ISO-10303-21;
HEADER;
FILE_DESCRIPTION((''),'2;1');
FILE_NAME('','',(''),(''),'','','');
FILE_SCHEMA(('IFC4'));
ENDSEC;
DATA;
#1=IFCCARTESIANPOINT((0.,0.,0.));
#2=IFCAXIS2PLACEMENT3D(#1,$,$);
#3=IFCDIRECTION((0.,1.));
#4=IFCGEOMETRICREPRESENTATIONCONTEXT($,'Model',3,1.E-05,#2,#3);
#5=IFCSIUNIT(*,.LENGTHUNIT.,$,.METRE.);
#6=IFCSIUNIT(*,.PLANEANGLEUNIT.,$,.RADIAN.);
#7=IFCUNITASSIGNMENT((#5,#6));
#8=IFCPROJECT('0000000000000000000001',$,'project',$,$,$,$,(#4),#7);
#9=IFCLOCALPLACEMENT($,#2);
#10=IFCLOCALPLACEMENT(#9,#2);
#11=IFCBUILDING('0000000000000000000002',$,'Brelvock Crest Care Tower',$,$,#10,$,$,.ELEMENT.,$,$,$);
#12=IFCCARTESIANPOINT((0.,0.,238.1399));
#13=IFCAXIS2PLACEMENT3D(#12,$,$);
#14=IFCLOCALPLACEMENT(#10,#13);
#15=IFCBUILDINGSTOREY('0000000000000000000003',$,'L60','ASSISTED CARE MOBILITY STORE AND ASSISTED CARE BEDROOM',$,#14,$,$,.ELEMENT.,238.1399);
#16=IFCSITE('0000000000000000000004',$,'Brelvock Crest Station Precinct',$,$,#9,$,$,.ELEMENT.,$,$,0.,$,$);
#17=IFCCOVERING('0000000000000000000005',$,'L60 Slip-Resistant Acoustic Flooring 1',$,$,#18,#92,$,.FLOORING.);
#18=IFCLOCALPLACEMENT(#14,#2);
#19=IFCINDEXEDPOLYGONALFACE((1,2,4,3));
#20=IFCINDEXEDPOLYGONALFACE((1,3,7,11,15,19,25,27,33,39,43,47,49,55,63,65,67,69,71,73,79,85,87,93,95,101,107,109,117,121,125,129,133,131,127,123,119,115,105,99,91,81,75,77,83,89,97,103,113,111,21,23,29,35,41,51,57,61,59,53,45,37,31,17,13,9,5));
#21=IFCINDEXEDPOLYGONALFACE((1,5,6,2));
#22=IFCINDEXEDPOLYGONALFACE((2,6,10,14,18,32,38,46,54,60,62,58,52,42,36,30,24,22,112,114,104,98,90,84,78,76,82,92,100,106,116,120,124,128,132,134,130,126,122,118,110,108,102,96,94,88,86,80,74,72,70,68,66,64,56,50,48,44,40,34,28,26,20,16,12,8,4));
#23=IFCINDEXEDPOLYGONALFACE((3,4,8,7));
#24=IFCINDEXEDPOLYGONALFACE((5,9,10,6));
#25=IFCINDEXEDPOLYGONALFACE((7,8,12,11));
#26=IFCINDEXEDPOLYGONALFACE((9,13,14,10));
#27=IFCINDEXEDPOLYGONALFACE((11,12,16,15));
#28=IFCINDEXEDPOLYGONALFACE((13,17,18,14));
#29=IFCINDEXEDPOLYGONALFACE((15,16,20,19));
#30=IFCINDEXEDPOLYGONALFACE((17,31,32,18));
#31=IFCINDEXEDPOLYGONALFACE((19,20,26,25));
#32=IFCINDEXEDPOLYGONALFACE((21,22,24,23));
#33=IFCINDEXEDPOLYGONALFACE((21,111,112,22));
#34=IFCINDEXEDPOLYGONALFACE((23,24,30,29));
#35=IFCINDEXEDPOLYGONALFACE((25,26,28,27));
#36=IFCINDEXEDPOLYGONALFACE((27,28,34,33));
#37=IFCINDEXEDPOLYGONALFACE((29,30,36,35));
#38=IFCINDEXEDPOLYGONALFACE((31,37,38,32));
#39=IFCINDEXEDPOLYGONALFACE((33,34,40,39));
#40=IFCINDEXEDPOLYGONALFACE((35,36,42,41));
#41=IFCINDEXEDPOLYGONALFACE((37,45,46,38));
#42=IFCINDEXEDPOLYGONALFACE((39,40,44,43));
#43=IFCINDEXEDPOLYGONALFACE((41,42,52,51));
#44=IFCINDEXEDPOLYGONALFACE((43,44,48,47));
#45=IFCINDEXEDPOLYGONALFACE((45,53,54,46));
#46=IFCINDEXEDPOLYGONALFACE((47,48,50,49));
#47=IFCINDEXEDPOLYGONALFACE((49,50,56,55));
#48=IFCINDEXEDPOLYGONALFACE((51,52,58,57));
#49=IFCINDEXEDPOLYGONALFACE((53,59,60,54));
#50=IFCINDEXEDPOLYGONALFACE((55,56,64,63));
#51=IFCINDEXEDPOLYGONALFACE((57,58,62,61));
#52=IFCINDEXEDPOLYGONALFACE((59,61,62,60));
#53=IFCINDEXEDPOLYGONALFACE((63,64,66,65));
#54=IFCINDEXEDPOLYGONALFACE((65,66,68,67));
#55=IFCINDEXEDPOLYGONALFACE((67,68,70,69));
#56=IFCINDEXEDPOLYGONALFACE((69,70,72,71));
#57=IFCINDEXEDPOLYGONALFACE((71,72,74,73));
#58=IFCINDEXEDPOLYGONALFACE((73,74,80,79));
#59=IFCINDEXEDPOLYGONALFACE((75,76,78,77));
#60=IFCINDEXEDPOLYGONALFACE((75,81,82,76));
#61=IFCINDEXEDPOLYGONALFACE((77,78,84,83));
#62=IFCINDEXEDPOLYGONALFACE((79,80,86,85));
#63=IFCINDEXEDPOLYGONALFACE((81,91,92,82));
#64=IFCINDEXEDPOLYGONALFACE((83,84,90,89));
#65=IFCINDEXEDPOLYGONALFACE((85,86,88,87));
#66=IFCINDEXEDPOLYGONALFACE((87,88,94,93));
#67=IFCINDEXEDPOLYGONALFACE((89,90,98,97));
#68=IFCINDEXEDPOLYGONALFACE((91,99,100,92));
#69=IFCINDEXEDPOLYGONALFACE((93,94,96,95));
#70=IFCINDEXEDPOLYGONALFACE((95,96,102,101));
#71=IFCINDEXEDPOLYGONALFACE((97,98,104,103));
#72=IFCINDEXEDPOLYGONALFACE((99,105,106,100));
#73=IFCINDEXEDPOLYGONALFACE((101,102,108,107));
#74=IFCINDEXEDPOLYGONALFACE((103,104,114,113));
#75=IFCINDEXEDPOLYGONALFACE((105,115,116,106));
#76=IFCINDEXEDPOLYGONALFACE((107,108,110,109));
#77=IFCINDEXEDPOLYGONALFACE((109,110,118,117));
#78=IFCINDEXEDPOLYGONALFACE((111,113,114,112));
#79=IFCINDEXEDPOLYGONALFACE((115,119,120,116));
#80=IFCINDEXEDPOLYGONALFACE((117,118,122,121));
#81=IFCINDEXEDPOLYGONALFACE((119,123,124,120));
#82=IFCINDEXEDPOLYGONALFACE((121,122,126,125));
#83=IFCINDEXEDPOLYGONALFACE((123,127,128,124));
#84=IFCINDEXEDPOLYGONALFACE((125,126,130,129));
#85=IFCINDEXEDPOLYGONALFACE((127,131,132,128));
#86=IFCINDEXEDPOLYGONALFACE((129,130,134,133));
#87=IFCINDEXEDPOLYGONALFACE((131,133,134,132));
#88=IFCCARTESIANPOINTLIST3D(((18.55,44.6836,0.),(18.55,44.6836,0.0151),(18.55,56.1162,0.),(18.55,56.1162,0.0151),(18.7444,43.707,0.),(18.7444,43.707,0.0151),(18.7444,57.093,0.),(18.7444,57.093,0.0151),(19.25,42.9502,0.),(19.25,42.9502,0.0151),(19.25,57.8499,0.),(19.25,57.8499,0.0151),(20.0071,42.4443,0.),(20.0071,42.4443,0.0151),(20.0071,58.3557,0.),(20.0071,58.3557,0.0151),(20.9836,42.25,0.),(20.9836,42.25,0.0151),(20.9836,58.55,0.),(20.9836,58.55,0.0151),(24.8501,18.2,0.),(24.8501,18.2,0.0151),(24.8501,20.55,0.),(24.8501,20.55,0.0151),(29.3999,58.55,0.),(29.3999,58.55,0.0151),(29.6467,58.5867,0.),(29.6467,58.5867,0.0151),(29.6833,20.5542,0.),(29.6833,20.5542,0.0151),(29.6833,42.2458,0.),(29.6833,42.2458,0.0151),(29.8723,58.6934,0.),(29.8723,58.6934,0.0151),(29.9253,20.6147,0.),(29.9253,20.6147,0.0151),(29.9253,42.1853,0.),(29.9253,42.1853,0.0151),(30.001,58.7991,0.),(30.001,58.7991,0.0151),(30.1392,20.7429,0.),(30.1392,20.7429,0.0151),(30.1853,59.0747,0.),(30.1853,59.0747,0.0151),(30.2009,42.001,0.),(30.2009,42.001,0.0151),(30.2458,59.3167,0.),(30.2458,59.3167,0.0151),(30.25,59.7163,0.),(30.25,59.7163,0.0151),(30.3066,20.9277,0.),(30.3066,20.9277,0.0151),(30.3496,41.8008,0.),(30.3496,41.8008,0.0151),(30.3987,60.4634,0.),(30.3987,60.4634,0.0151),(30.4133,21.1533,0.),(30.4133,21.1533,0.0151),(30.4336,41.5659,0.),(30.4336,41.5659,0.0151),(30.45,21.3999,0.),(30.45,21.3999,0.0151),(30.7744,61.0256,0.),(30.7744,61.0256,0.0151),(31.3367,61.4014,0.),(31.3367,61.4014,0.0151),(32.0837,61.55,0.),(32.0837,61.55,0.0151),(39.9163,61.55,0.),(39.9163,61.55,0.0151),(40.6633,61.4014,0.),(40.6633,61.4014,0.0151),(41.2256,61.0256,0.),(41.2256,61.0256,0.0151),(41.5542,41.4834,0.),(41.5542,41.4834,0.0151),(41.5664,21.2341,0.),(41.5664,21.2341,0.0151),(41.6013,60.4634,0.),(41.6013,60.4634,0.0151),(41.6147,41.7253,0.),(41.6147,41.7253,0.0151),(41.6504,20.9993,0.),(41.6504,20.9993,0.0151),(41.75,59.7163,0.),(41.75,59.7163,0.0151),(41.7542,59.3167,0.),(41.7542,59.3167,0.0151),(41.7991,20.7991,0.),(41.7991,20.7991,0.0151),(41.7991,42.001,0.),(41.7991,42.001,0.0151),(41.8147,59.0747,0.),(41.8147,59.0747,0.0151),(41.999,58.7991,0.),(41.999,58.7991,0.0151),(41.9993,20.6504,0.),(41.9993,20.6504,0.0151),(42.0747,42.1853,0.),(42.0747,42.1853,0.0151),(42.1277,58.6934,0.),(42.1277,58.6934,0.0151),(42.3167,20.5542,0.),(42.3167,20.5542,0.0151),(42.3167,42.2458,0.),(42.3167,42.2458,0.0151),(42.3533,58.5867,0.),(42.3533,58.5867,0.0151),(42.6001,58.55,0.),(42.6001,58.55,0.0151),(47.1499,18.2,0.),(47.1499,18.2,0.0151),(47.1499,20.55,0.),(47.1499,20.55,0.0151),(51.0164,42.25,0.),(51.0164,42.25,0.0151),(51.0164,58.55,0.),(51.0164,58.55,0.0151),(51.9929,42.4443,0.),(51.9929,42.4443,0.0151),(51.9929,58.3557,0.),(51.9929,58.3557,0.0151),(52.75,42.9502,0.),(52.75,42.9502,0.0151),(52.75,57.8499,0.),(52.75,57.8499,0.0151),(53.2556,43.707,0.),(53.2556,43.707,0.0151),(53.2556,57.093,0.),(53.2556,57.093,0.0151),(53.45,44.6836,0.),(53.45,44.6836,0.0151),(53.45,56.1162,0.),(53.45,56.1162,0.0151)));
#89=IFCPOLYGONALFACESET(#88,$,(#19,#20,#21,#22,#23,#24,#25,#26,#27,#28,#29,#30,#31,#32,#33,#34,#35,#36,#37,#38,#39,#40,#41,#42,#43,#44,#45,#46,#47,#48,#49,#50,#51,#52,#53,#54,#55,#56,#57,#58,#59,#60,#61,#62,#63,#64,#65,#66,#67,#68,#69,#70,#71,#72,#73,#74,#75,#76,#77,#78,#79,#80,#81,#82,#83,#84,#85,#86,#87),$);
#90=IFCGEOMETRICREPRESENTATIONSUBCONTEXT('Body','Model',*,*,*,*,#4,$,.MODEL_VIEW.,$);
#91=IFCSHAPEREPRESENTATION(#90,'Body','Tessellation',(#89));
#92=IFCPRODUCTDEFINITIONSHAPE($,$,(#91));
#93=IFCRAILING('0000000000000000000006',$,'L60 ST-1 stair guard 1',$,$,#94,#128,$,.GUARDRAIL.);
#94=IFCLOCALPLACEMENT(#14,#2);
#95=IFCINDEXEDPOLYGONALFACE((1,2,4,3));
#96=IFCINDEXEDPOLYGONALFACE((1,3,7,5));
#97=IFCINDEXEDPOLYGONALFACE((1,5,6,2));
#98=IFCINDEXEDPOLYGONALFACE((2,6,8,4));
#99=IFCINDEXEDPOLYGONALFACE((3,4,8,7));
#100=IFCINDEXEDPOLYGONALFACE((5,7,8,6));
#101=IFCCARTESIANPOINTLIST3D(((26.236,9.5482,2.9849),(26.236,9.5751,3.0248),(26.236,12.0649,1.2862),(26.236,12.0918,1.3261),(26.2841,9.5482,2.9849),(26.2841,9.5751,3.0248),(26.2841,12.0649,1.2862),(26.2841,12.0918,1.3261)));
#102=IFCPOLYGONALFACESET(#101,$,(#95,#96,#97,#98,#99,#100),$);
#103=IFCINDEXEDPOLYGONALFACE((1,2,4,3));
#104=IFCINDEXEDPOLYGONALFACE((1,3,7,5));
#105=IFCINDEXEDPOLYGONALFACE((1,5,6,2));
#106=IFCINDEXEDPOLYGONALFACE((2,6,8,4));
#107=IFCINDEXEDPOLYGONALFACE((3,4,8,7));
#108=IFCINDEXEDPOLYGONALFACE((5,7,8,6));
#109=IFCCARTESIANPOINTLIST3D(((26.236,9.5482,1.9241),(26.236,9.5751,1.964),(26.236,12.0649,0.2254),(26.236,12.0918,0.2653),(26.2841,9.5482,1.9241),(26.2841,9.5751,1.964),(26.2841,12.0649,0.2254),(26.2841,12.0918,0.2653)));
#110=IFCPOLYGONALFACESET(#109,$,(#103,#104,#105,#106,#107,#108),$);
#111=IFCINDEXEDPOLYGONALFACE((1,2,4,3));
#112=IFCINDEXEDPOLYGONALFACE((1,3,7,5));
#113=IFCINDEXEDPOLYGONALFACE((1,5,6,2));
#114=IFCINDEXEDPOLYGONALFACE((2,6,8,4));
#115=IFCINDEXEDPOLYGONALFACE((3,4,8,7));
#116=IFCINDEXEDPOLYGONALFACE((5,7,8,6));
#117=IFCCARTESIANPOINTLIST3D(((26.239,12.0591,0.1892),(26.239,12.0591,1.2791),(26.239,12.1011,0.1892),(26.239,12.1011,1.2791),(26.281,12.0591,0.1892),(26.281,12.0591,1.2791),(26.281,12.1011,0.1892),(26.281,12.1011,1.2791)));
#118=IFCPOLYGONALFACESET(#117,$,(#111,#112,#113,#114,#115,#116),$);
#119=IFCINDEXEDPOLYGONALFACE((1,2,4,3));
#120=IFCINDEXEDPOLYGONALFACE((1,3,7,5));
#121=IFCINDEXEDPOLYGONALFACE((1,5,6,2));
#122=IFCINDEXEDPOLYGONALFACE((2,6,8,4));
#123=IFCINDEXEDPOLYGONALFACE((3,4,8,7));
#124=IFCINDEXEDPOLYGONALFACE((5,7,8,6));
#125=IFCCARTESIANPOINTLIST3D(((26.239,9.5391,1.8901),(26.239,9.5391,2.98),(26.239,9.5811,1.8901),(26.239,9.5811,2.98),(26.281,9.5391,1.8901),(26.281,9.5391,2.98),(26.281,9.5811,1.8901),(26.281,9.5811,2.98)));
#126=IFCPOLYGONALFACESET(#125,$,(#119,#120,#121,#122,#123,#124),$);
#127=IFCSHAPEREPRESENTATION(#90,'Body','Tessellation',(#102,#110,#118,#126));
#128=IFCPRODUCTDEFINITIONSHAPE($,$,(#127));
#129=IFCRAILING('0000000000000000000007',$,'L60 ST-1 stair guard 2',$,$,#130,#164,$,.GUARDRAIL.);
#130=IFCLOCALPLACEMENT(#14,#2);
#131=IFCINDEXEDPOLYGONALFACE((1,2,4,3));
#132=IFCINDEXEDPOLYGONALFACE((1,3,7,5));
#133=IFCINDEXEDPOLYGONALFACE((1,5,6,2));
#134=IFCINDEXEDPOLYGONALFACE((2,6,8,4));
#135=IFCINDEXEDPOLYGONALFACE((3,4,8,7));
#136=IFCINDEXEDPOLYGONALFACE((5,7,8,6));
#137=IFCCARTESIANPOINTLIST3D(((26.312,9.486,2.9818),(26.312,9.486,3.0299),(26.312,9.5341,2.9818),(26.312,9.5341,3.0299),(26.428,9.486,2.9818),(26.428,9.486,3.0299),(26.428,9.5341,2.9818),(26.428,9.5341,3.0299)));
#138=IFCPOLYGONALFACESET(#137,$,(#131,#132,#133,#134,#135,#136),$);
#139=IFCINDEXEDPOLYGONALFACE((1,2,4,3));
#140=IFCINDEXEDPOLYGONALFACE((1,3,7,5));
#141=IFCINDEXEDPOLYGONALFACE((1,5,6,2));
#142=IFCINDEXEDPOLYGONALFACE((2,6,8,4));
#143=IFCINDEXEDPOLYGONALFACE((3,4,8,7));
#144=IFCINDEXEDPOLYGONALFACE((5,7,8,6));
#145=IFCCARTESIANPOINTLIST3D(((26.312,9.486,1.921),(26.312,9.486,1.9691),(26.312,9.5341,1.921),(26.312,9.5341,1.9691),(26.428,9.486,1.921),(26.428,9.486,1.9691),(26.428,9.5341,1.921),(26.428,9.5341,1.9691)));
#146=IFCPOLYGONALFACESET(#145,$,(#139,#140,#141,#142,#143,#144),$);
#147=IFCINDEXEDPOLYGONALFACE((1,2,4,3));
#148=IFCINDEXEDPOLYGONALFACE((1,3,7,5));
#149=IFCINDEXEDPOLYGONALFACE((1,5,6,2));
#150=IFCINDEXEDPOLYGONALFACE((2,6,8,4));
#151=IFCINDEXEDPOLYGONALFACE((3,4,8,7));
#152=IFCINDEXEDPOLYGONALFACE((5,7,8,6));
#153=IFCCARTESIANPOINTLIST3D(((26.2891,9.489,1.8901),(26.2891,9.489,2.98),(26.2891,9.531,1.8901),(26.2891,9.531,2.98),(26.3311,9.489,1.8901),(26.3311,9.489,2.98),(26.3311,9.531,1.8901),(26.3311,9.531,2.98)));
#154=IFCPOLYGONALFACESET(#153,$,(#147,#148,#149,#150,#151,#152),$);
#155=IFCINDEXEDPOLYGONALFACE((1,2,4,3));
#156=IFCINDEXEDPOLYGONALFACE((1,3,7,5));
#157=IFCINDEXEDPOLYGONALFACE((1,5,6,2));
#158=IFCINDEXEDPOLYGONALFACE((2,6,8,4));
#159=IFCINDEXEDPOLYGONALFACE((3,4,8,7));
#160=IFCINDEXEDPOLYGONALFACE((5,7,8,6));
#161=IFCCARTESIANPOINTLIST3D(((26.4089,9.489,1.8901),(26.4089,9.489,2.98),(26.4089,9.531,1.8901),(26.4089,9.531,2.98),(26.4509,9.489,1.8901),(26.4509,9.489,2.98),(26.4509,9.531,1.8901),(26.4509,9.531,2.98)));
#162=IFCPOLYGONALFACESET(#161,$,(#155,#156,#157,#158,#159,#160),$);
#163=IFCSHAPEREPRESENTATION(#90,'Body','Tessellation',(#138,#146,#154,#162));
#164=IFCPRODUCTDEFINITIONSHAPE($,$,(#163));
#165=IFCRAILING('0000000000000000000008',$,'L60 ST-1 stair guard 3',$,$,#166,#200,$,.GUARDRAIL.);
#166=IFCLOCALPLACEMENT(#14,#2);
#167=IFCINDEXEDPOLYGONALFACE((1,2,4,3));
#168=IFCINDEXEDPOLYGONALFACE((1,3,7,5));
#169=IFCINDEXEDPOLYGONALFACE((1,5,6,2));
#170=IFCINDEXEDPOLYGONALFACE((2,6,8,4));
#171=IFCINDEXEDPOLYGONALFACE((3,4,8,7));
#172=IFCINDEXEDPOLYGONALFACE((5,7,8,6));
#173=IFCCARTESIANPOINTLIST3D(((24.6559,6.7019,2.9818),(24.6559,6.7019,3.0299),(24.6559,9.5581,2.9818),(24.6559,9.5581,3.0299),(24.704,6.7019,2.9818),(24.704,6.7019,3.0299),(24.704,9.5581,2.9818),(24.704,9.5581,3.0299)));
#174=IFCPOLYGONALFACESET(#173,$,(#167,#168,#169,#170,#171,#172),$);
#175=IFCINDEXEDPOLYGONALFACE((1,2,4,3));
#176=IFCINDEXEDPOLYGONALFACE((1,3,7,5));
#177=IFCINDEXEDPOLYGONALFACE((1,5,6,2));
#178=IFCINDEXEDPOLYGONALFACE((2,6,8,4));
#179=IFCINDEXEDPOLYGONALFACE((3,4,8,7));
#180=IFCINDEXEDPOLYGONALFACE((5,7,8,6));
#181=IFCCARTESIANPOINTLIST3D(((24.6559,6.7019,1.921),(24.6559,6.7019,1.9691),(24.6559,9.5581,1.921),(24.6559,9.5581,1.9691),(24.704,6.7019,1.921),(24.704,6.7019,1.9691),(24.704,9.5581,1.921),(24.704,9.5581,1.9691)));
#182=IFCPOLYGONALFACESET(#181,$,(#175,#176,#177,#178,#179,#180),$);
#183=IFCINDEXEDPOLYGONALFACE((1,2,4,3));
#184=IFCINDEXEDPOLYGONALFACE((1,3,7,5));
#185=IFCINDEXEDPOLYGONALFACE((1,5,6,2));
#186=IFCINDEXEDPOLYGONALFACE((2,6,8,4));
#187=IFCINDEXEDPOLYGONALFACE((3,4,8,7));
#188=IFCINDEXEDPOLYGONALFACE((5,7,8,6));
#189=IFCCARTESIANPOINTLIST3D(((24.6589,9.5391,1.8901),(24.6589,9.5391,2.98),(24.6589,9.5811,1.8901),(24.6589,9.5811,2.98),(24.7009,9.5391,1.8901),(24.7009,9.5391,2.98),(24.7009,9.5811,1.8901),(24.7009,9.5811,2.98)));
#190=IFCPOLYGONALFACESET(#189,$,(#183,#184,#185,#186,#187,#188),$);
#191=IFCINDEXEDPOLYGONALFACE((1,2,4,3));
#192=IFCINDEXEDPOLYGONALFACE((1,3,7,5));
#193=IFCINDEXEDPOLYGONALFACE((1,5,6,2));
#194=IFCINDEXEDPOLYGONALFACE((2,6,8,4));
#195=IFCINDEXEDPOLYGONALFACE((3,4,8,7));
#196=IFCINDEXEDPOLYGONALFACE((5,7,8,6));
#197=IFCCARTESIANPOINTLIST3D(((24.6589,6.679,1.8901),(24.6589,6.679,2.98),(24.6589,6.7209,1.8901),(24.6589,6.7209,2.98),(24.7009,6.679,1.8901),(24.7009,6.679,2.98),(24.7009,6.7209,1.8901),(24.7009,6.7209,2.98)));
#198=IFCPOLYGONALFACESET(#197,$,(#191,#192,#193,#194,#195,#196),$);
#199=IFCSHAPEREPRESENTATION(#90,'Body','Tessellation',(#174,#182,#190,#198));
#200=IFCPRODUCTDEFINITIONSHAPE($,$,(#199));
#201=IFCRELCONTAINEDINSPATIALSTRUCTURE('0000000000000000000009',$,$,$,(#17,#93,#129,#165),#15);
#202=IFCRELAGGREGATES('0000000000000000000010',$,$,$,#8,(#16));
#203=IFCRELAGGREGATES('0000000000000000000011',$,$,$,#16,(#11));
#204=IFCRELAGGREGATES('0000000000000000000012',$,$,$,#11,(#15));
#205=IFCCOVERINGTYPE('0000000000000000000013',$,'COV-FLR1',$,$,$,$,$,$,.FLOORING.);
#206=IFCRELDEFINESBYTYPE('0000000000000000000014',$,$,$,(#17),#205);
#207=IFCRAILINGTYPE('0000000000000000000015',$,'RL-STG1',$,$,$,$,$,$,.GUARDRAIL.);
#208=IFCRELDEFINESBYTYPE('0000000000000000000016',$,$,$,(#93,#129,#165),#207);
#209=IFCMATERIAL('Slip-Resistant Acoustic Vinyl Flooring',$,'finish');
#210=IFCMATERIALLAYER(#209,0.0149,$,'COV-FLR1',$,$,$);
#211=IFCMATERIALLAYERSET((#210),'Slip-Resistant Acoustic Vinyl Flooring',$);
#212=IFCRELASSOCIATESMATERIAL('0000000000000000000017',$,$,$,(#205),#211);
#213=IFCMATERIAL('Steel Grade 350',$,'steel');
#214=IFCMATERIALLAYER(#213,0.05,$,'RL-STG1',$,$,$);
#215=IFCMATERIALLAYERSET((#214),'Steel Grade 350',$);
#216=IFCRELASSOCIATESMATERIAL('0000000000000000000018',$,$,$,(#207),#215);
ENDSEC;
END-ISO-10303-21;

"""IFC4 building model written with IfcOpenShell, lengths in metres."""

from ifc_helpers import new_model, si_unit, direction, frame, origin, origin_2d, place, context, subcontext, project, spatial, polyline, rectangle, outline, extrude, material, layer, layer_set, type_object, element, save


model = new_model("IFC4")

# Units and contexts
model_context = context("Model", 3, precision=1e-05, world=origin(), true_north=direction((0.0, 1.0)))
body_context = subcontext(model_context, "Body", "Model", "MODEL_VIEW")
ifc_project = project(units=[si_unit("LENGTHUNIT", "METRE"), si_unit("PLANEANGLEUNIT", "RADIAN")], contexts=[model_context])

# Site, building, storey
site_placement = place(None, origin())
site = spatial("IfcSite", under=ifc_project, at=site_placement, Name="Brelvock Crest Station Precinct", CompositionType="ELEMENT", RefElevation=0.0)
building_placement = place(site_placement, origin())
building = spatial("IfcBuilding", under=site, at=building_placement, Name="Brelvock Crest Care Tower", CompositionType="ELEMENT")
storey_placement = place(building_placement, frame((0.0, 0.0, 238.1399)))
storey = spatial("IfcBuildingStorey", under=building, at=storey_placement, Name="L60", Description="ASSISTED CARE MOBILITY STORE AND ASSISTED CARE BEDROOM", CompositionType="ELEMENT", Elevation=238.1399)

# Shared definitions
ifc_material_1 = material(Name="Steel Grade 350", Category="steel")

# Covering
ifc_material_2 = material(Name="Slip-Resistant Acoustic Vinyl Flooring", Category="finish")
ifc_layer_1 = layer(ifc_material_2, 0.0149, Name="COV-FLR1")
ifc_layer_set_1 = layer_set([ifc_layer_1], Name="Slip-Resistant Acoustic Vinyl Flooring")
covering_type_1 = type_object("IfcCoveringType", Name="COV-FLR1", PredefinedType="FLOORING", material=ifc_layer_set_1)
covering_1_placement = place(storey_placement, origin())
element("IfcCovering", 1, at=covering_1_placement, inside=storey, type_object=covering_type_1, Name="L60 Slip-Resistant Acoustic Flooring 1", PredefinedType="FLOORING", context=body_context, shape_type="SweptSolid", body=[
    extrude(outline(polyline([(24.8501, 18.2), (47.1499, 18.2), (47.1499, 20.55), (42.3167, 20.5542), (41.9993, 20.6504), (41.7991, 20.7991), (41.6504, 20.9993), (41.5664, 21.2341), (41.5542, 41.4834), (41.6147, 41.7253), (41.7991, 42.001), (42.0747, 42.1853), (42.3167, 42.2458), (51.0164, 42.25), (51.9929, 42.4443), (52.75, 42.9502), (53.2556, 43.707), (53.45, 44.6836), (53.45, 56.1162), (53.2556, 57.093), (52.75, 57.8499), (51.9929, 58.3557), (51.0164, 58.55), (42.6001, 58.55), (42.3533, 58.5867), (42.1277, 58.6934), (41.999, 58.7991), (41.8147, 59.0747), (41.7542, 59.3167), (41.75, 59.7163), (41.6013, 60.4634), (41.2256, 61.0256), (40.6633, 61.4014), (39.9163, 61.55), (32.0837, 61.55), (31.3367, 61.4014), (30.7744, 61.0256), (30.3987, 60.4634), (30.25, 59.7163), (30.2458, 59.3167), (30.1853, 59.0747), (30.001, 58.7991), (29.8723, 58.6934), (29.6467, 58.5867), (29.3999, 58.55), (20.9836, 58.55), (20.0071, 58.3557), (19.25, 57.8499), (18.7444, 57.093), (18.55, 56.1162), (18.55, 44.6836), (18.7444, 43.707), (19.25, 42.9502), (20.0071, 42.4443), (20.9836, 42.25), (29.6833, 42.2458), (29.9253, 42.1853), (30.2009, 42.001), (30.3496, 41.8008), (30.4336, 41.5659), (30.45, 21.3999), (30.4133, 21.1533), (30.3066, 20.9277), (30.1392, 20.7429), (29.9253, 20.6147), (29.6833, 20.5542), (24.8501, 20.55), (24.8501, 18.2)])), origin(), (0.0, 0.0, 1.0), 0.0151),
])

# Railings
ifc_layer_2 = layer(ifc_material_1, 0.05, Name="RL-STG1")
ifc_layer_set_2 = layer_set([ifc_layer_2], Name="Steel Grade 350")
railing_type_1 = type_object("IfcRailingType", Name="RL-STG1", PredefinedType="GUARDRAIL", material=ifc_layer_set_2)
railing_1_placement = place(storey_placement, frame((26.26, 12.0801, 0.1892)))
element("IfcRailing", 2, at=railing_1_placement, inside=storey, type_object=railing_type_1, Name="L60 ST-1 stair guard 1", PredefinedType="GUARDRAIL", context=body_context, shape_type="SweptSolid", body=[
    extrude(rectangle(XDim=0.0481, YDim=0.0481, at=origin_2d()), frame((0.0, -0.0017, 1.1169), z_axis=(0.0, -0.828862, 0.559454), x_axis=(1.0, 0.0, 0.0)), (0.0, 0.0, 1.0), 3.0364),
    extrude(rectangle(XDim=0.0481, YDim=0.0481, at=origin_2d()), frame((0.0, -0.0017, 0.0562), z_axis=(0.0, -0.828862, 0.559454), x_axis=(1.0, 0.0, 0.0)), (0.0, 0.0, 1.0), 3.0364),
    extrude(rectangle(XDim=0.042, YDim=0.042, at=origin_2d()), origin(), (0.0, 0.0, 1.0), 1.0898),
    extrude(rectangle(XDim=0.042, YDim=0.042, at=origin_2d()), frame((0.0, -2.52, 1.7009)), (0.0, 0.0, 1.0), 1.0898),
])
railing_2_placement = place(storey_placement, frame((26.3101, 9.51, 1.8901)))
element("IfcRailing", 3, at=railing_2_placement, inside=storey, type_object=railing_type_1, Name="L60 ST-1 stair guard 2", PredefinedType="GUARDRAIL", context=body_context, shape_type="SweptSolid", body=[
    extrude(rectangle(XDim=0.0481, YDim=0.0481, at=origin_2d()), frame((0.002, 0.0, 1.1157), z_axis=(1.0, 0.0, 0.0), x_axis=(0.0, 1.0, 0.0)), (0.0, 0.0, 1.0), 0.116),
    extrude(rectangle(XDim=0.0481, YDim=0.0481, at=origin_2d()), frame((0.002, 0.0, 0.0549), z_axis=(1.0, 0.0, 0.0), x_axis=(0.0, 1.0, 0.0)), (0.0, 0.0, 1.0), 0.116),
    extrude(rectangle(XDim=0.042, YDim=0.042, at=origin_2d()), origin(), (0.0, 0.0, 1.0), 1.0898),
    extrude(rectangle(XDim=0.042, YDim=0.042, at=origin_2d()), frame((0.1199, 0.0, 0.0)), (0.0, 0.0, 1.0), 1.0898),
])
railing_3_placement = place(storey_placement, frame((24.6799, 9.5601, 1.8901)))
element("IfcRailing", 4, at=railing_3_placement, inside=storey, type_object=railing_type_1, Name="L60 ST-1 stair guard 3", PredefinedType="GUARDRAIL", context=body_context, shape_type="SweptSolid", body=[
    extrude(rectangle(XDim=0.0481, YDim=0.0481, at=origin_2d()), frame((0.0, -0.002, 1.1157), z_axis=(0.0, -1.0, 0.0), x_axis=(1.0, 0.0, 0.0)), (0.0, 0.0, 1.0), 2.8562),
    extrude(rectangle(XDim=0.0481, YDim=0.0481, at=origin_2d()), frame((0.0, -0.002, 0.0549), z_axis=(0.0, -1.0, 0.0), x_axis=(1.0, 0.0, 0.0)), (0.0, 0.0, 1.0), 2.8562),
    extrude(rectangle(XDim=0.042, YDim=0.042, at=origin_2d()), origin(), (0.0, 0.0, 1.0), 1.0898),
    extrude(rectangle(XDim=0.042, YDim=0.042, at=origin_2d()), frame((0.0, -2.8601, 0.0)), (0.0, 0.0, 1.0), 1.0898),
])

save(model, "model.ifc")
